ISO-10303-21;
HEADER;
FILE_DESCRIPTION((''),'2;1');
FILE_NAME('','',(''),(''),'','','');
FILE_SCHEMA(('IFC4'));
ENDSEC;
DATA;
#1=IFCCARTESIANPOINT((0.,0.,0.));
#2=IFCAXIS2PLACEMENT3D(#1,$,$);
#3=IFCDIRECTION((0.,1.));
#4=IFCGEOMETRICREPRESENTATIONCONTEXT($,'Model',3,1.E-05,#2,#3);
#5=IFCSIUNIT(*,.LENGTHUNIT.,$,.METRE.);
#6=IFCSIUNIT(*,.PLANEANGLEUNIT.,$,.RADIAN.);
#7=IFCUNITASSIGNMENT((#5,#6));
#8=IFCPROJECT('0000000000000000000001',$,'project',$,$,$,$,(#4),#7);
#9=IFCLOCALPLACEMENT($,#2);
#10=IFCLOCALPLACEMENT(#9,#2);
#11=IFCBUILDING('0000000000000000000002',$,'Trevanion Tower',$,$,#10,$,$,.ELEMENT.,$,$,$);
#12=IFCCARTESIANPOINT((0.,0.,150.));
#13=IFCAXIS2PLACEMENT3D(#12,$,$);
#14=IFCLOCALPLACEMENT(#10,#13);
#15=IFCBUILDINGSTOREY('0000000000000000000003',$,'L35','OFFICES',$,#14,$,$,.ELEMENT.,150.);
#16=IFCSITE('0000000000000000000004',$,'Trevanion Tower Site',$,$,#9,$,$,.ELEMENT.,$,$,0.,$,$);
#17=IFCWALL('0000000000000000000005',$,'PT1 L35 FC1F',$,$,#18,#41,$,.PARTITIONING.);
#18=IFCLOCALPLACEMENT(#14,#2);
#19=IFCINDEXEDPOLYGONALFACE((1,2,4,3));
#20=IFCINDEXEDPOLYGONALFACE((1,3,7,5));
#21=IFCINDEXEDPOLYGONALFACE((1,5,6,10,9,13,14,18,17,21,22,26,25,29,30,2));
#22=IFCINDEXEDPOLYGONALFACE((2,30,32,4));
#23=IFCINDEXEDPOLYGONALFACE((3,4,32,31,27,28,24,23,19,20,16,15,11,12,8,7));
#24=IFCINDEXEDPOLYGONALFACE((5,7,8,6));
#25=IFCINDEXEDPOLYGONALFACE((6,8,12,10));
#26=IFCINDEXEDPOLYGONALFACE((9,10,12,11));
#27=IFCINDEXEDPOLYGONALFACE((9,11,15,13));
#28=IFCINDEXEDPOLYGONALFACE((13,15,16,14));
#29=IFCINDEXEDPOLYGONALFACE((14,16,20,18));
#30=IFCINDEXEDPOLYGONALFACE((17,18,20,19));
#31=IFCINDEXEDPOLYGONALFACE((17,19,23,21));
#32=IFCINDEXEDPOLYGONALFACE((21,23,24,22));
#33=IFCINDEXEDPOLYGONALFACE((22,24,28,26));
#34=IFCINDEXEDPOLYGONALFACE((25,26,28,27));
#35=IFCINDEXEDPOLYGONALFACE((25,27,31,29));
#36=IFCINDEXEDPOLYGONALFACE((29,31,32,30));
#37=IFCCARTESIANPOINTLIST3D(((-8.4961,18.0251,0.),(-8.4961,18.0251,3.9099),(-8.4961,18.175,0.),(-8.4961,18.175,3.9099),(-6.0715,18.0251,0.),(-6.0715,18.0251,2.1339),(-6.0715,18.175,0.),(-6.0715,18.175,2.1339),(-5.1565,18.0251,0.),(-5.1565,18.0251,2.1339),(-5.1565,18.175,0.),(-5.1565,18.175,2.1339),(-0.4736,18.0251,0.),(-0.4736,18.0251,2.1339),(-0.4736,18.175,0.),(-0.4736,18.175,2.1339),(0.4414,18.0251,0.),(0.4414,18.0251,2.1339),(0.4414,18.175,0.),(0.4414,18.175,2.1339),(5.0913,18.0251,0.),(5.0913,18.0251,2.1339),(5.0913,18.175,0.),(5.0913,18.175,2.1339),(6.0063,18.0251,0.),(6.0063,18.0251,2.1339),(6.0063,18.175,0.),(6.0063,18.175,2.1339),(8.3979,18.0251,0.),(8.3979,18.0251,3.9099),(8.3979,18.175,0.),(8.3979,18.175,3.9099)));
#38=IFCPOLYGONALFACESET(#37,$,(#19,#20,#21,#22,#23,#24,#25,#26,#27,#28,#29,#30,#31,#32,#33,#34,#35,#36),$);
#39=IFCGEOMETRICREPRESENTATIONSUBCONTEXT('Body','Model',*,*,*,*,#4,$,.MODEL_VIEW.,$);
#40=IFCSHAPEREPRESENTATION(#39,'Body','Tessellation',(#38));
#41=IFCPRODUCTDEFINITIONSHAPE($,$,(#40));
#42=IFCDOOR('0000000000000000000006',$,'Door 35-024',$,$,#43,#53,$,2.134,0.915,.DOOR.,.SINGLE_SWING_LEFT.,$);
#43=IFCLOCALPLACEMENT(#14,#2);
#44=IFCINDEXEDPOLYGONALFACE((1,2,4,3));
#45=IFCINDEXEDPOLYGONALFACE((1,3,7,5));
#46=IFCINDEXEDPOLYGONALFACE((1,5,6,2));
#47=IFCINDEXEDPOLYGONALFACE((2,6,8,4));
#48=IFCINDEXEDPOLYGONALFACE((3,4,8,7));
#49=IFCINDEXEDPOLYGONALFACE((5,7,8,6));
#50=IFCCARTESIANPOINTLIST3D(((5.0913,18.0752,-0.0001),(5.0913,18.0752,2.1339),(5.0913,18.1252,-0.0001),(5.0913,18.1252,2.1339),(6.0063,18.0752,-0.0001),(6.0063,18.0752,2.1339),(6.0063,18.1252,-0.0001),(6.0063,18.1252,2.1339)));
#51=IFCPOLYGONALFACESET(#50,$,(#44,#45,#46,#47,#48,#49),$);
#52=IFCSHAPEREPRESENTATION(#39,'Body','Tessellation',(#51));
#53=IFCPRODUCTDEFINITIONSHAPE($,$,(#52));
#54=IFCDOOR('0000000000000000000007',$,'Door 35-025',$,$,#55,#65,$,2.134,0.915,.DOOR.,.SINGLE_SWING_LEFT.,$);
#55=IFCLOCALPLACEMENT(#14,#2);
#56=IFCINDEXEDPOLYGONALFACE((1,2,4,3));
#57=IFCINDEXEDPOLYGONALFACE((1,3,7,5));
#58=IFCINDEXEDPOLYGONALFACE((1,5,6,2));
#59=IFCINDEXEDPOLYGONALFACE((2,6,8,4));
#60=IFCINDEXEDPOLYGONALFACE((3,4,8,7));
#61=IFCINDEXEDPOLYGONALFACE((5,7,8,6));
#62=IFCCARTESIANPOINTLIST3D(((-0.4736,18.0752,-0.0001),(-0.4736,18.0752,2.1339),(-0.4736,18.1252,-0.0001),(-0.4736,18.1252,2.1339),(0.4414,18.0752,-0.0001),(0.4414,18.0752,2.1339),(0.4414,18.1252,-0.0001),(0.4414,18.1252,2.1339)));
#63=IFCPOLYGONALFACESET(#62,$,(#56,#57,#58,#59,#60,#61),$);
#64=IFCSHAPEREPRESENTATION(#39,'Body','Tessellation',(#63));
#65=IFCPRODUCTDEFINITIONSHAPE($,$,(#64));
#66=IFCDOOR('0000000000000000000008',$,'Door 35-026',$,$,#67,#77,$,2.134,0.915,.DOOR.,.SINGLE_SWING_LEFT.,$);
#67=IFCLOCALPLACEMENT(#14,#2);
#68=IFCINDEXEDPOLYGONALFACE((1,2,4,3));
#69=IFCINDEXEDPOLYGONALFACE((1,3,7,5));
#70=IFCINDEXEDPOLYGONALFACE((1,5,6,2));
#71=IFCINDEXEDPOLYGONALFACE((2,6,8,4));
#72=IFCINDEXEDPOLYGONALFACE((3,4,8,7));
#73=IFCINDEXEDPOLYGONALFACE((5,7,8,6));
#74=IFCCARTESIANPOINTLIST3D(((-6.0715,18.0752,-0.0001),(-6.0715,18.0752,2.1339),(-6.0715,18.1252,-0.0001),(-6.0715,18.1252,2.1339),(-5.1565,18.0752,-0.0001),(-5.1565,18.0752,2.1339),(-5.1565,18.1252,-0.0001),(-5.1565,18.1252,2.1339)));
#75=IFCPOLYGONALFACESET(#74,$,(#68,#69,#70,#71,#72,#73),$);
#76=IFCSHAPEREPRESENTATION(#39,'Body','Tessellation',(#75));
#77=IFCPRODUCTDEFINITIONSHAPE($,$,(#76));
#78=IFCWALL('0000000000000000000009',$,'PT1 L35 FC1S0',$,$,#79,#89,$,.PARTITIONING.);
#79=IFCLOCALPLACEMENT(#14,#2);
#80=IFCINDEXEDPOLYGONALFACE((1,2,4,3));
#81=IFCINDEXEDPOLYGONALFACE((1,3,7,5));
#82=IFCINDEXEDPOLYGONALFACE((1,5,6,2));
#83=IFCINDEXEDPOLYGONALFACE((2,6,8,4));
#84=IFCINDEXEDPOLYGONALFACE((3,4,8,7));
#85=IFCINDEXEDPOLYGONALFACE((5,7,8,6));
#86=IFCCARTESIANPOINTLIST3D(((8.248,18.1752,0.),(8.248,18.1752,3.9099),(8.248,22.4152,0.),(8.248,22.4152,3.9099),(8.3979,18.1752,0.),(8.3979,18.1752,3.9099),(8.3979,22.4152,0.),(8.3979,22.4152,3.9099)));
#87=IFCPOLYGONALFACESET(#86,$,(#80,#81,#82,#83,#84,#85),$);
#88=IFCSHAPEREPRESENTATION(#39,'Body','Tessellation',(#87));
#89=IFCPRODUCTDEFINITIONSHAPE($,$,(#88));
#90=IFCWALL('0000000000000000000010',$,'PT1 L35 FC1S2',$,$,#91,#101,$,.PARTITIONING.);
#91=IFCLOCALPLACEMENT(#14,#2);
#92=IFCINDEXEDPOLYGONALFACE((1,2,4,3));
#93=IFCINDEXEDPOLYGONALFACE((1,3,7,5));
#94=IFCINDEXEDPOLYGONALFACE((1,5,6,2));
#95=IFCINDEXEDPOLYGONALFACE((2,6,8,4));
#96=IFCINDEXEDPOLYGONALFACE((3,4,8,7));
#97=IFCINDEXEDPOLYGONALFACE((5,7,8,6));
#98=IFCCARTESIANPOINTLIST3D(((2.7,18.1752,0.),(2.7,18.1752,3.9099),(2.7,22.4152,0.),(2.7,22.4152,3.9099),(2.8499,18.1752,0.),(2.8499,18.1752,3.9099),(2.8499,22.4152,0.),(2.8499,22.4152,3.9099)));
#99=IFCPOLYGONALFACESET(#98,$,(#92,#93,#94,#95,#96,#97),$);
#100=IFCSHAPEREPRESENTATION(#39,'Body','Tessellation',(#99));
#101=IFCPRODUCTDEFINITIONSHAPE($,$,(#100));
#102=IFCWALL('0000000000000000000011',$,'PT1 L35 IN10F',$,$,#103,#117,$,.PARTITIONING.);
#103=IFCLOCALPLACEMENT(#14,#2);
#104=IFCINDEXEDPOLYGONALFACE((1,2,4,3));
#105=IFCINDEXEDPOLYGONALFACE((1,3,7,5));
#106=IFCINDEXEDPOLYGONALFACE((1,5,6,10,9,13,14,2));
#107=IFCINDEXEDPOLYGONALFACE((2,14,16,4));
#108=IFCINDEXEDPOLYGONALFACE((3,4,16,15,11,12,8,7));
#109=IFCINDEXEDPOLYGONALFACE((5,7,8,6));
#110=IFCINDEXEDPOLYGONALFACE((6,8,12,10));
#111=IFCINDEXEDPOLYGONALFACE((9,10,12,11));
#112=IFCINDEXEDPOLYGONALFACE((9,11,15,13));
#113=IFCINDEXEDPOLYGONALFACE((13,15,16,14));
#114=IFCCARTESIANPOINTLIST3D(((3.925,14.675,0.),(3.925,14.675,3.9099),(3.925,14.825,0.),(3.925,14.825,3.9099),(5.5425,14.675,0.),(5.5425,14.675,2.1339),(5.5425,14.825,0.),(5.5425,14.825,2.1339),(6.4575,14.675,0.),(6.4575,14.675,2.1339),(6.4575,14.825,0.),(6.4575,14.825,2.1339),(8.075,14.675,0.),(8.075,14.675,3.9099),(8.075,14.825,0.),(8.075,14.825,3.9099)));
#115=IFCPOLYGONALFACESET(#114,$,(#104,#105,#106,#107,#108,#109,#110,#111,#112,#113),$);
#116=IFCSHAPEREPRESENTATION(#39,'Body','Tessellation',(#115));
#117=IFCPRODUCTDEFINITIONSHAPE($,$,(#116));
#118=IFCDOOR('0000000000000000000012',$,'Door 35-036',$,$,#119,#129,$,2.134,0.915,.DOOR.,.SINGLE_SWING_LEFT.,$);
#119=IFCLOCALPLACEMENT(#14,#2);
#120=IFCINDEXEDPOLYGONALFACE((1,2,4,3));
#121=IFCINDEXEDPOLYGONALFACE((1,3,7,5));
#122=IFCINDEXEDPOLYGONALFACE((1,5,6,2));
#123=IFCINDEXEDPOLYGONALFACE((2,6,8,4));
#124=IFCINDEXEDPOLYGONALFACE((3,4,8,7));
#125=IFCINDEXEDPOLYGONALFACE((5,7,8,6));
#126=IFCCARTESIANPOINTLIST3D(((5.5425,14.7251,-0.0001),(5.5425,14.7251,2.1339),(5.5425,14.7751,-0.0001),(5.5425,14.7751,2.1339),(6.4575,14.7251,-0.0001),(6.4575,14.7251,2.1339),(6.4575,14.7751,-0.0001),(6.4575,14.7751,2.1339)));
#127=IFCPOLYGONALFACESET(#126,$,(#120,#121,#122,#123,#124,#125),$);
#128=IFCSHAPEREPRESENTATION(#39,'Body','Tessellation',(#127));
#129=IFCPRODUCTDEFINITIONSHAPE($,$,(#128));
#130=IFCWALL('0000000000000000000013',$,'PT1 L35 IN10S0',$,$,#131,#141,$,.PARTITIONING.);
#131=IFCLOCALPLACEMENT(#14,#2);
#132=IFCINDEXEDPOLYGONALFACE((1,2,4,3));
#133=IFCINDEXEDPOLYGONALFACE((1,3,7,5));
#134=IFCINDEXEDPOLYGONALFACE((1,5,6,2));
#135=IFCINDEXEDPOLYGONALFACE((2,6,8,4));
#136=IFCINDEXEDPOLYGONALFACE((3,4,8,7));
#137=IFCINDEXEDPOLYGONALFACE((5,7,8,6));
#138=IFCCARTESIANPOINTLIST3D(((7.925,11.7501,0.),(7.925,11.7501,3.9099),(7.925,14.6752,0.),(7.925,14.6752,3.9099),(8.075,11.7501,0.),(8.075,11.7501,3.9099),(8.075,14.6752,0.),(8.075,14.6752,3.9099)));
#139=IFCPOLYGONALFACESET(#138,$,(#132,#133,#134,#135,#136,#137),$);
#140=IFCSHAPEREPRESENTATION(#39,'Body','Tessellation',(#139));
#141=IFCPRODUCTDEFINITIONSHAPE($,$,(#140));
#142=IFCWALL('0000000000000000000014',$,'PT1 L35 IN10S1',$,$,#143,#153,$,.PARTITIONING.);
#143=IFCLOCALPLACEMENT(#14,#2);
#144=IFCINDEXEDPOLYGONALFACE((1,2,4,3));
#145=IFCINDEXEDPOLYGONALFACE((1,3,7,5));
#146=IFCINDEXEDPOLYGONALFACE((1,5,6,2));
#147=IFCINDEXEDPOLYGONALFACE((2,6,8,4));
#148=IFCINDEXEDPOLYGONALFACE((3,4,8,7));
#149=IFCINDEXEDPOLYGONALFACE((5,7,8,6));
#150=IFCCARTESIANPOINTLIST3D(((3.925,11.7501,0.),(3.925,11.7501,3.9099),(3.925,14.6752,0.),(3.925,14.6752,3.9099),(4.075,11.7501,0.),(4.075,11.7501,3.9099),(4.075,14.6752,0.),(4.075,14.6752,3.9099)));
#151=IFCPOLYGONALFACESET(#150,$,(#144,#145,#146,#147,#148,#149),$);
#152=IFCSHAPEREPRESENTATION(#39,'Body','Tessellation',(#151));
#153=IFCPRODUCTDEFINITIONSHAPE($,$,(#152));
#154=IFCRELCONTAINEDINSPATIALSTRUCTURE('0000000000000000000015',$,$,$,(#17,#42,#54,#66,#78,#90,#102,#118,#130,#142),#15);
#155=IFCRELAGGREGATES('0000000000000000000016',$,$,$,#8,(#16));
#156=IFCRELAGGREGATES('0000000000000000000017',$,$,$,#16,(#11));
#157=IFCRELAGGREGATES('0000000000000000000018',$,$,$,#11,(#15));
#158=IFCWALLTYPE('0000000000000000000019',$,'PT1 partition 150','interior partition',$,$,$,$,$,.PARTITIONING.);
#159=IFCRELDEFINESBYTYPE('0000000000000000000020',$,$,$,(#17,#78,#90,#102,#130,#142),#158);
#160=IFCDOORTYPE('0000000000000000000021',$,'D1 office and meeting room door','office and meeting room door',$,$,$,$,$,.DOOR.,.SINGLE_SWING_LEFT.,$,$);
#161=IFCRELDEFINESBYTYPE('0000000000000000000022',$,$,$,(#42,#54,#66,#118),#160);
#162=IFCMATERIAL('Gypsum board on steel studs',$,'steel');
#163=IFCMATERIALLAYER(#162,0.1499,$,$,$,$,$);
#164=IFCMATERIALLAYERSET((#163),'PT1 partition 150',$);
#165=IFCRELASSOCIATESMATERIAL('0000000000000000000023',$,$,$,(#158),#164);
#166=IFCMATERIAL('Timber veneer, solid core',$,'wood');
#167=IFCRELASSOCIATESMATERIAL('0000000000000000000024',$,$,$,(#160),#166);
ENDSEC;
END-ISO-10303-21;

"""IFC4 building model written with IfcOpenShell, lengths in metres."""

from ifc_helpers import new_model, si_unit, direction, frame, frame_2d, origin, place, context, subcontext, project, spatial, rectangle, extrude, material, layer, layer_set, type_object, element, fill, save


model = new_model("IFC4")

# Units and contexts
model_context = context("Model", 3, precision=1e-05, world=origin(), true_north=direction((0.0, 1.0)))
body_context = subcontext(model_context, "Body", "Model", "MODEL_VIEW")
ifc_project = project(units=[si_unit("LENGTHUNIT", "METRE"), si_unit("PLANEANGLEUNIT", "RADIAN")], contexts=[model_context])

# Site, building, storey
site_placement = place(None, origin())
site = spatial("IfcSite", under=ifc_project, at=site_placement, Name="Trevanion Tower Site", CompositionType="ELEMENT", RefElevation=0.0)
building_placement = place(site_placement, origin())
building = spatial("IfcBuilding", under=site, at=building_placement, Name="Trevanion Tower", CompositionType="ELEMENT")
storey_placement = place(building_placement, frame((0.0, 0.0, 150.0)))
storey = spatial("IfcBuildingStorey", under=building, at=storey_placement, Name="L35", Description="OFFICES", CompositionType="ELEMENT", Elevation=150.0)

# Shared definitions
ifc_material_1 = material(Name="Gypsum board on steel studs", Category="steel")
ifc_layer_1 = layer(ifc_material_1, 0.1499)
ifc_layer_set_1 = layer_set([ifc_layer_1], Name="PT1 partition 150")
wall_type = type_object("IfcWallType", Name="PT1 partition 150", Description="interior partition", PredefinedType="PARTITIONING", material=ifc_layer_set_1)
ifc_material_2 = material(Name="Timber veneer, solid core", Category="wood")
door_type = type_object("IfcDoorType", Name="D1 office and meeting room door", Description="office and meeting room door", OperationType="SINGLE_SWING_LEFT", PredefinedType="DOOR", material=ifc_material_2)

# Wall, openings, doors
wall_1_placement = place(storey_placement, frame((8.3979, 18.1001, 0.0), z_axis=(0.0, 0.0, 1.0), x_axis=(-1.0, 0.0, 0.0)))
wall_1 = element("IfcWall", 1, at=wall_1_placement, inside=storey, type_object=wall_type, Name="PT1 L35 FC1F", PredefinedType="PARTITIONING", context=body_context, shape_type="SweptSolid", body=[
    extrude(rectangle(XDim=16.894, YDim=0.1499, at=frame_2d((8.447, 0.0))), origin(), (0.0, 0.0, 1.0), 3.9099),
])
opening_1_placement = place(wall_1_placement, frame((2.3916, 0.0, 0.0)))
opening_1 = element("IfcOpeningElement", 2, at=opening_1_placement, cuts=wall_1, PredefinedType="OPENING", context=body_context, shape_type="SweptSolid", body=[
    extrude(rectangle(XDim=0.915, YDim=2.134, at=frame_2d((0.4575, 1.0669))), frame((0.0, 0.085, 0.0), z_axis=(0.0, -1.0, 0.0), x_axis=(1.0, 0.0, 0.0)), (0.0, 0.0, 1.0), 0.1699),
])
opening_2_placement = place(wall_1_placement, frame((7.9565, 0.0, 0.0)))
opening_2 = element("IfcOpeningElement", 3, at=opening_2_placement, cuts=wall_1, PredefinedType="OPENING", context=body_context, shape_type="SweptSolid", body=[
    extrude(rectangle(XDim=0.915, YDim=2.134, at=frame_2d((0.4575, 1.0669))), frame((0.0, 0.085, 0.0), z_axis=(0.0, -1.0, 0.0), x_axis=(1.0, 0.0, 0.0)), (0.0, 0.0, 1.0), 0.1699),
])
opening_3_placement = place(wall_1_placement, frame((13.5544, 0.0, 0.0)))
opening_3 = element("IfcOpeningElement", 4, at=opening_3_placement, cuts=wall_1, PredefinedType="OPENING", context=body_context, shape_type="SweptSolid", body=[
    extrude(rectangle(XDim=0.915, YDim=2.134, at=frame_2d((0.4575, 1.0669))), frame((0.0, 0.085, 0.0), z_axis=(0.0, -1.0, 0.0), x_axis=(1.0, 0.0, 0.0)), (0.0, 0.0, 1.0), 0.1699),
])
door_1_placement = place(opening_1_placement, origin())
door_1 = element("IfcDoor", 5, at=door_1_placement, inside=storey, type_object=door_type, Name="Door 35-024", OperationType="SINGLE_SWING_LEFT", OverallHeight=2.134, OverallWidth=0.915, PredefinedType="DOOR", context=body_context, shape_type="SweptSolid", body=[
    extrude(rectangle(XDim=0.915, YDim=2.134, at=frame_2d((0.4575, 1.0669))), frame((0.0, 0.0249, 0.0), z_axis=(0.0, -1.0, 0.0), x_axis=(1.0, 0.0, 0.0)), (0.0, 0.0, 1.0), 0.05),
])
fill(opening_1, door_1)
door_2_placement = place(opening_2_placement, origin())
door_2 = element("IfcDoor", 6, at=door_2_placement, inside=storey, type_object=door_type, Name="Door 35-025", OperationType="SINGLE_SWING_LEFT", OverallHeight=2.134, OverallWidth=0.915, PredefinedType="DOOR", context=body_context, shape_type="SweptSolid", body=[
    extrude(rectangle(XDim=0.915, YDim=2.134, at=frame_2d((0.4575, 1.0669))), frame((0.0, 0.0249, 0.0), z_axis=(0.0, -1.0, 0.0), x_axis=(1.0, 0.0, 0.0)), (0.0, 0.0, 1.0), 0.05),
])
fill(opening_2, door_2)
door_3_placement = place(opening_3_placement, origin())
door_3 = element("IfcDoor", 7, at=door_3_placement, inside=storey, type_object=door_type, Name="Door 35-026", OperationType="SINGLE_SWING_LEFT", OverallHeight=2.134, OverallWidth=0.915, PredefinedType="DOOR", context=body_context, shape_type="SweptSolid", body=[
    extrude(rectangle(XDim=0.915, YDim=2.134, at=frame_2d((0.4575, 1.0669))), frame((0.0, 0.0249, 0.0), z_axis=(0.0, -1.0, 0.0), x_axis=(1.0, 0.0, 0.0)), (0.0, 0.0, 1.0), 0.05),
])
fill(opening_3, door_3)

# Walls
for number, where, z_axis, x_axis, name in (
    (8, (8.323, 18.175, 0.0), (0.0, 0.0, 1.0), (0.0, 1.0, 0.0), "PT1 L35 FC1S0"),
    (9, (2.7749, 18.175, 0.0), (0.0, 0.0, 1.0), (0.0, 1.0, 0.0), "PT1 L35 FC1S2"),
):
    element("IfcWall", number, at=place(storey_placement, frame(where, z_axis=z_axis, x_axis=x_axis)), inside=storey, type_object=wall_type, Name=name, PredefinedType="PARTITIONING", context=body_context, shape_type="SweptSolid", body=[
        extrude(rectangle(XDim=4.24, YDim=0.1499, at=frame_2d((2.1201, 0.0))), origin(), (0.0, 0.0, 1.0), 3.9099),
    ])

# Wall, opening, door
wall_2_placement = place(storey_placement, frame((8.075, 14.75, 0.0), z_axis=(0.0, 0.0, 1.0), x_axis=(-1.0, 0.0, 0.0)))
wall_2 = element("IfcWall", 10, at=wall_2_placement, inside=storey, type_object=wall_type, Name="PT1 L35 IN10F", PredefinedType="PARTITIONING", context=body_context, shape_type="SweptSolid", body=[
    extrude(rectangle(XDim=4.1499, YDim=0.1499, at=frame_2d((2.075, 0.0))), origin(), (0.0, 0.0, 1.0), 3.9099),
])
opening_4_placement = place(wall_2_placement, frame((1.6174, 0.0, 0.0)))
opening_4 = element("IfcOpeningElement", 11, at=opening_4_placement, cuts=wall_2, PredefinedType="OPENING", context=body_context, shape_type="SweptSolid", body=[
    extrude(rectangle(XDim=0.915, YDim=2.134, at=frame_2d((0.4575, 1.0669))), frame((0.0, 0.085, 0.0), z_axis=(0.0, -1.0, 0.0), x_axis=(1.0, 0.0, 0.0)), (0.0, 0.0, 1.0), 0.1699),
])
door_4_placement = place(opening_4_placement, origin())
door_4 = element("IfcDoor", 12, at=door_4_placement, inside=storey, type_object=door_type, Name="Door 35-036", OperationType="SINGLE_SWING_LEFT", OverallHeight=2.134, OverallWidth=0.915, PredefinedType="DOOR", context=body_context, shape_type="SweptSolid", body=[
    extrude(rectangle(XDim=0.915, YDim=2.134, at=frame_2d((0.4575, 1.0669))), frame((0.0, 0.0249, 0.0), z_axis=(0.0, -1.0, 0.0), x_axis=(1.0, 0.0, 0.0)), (0.0, 0.0, 1.0), 0.05),
])
fill(opening_4, door_4)

# Walls
for number, where, z_axis, x_axis, name in (
    (13, (8.0, 14.675, 0.0), (0.0, 0.0, 1.0), (0.0, -1.0, 0.0), "PT1 L35 IN10S0"),
    (14, (4.0, 14.675, 0.0), (0.0, 0.0, 1.0), (0.0, -1.0, 0.0), "PT1 L35 IN10S1"),
):
    element("IfcWall", number, at=place(storey_placement, frame(where, z_axis=z_axis, x_axis=x_axis)), inside=storey, type_object=wall_type, Name=name, PredefinedType="PARTITIONING", context=body_context, shape_type="SweptSolid", body=[
        extrude(rectangle(XDim=2.925, YDim=0.1499, at=frame_2d((1.4624, 0.0))), origin(), (0.0, 0.0, 1.0), 3.9099),
    ])

save(model, "model.ifc")
